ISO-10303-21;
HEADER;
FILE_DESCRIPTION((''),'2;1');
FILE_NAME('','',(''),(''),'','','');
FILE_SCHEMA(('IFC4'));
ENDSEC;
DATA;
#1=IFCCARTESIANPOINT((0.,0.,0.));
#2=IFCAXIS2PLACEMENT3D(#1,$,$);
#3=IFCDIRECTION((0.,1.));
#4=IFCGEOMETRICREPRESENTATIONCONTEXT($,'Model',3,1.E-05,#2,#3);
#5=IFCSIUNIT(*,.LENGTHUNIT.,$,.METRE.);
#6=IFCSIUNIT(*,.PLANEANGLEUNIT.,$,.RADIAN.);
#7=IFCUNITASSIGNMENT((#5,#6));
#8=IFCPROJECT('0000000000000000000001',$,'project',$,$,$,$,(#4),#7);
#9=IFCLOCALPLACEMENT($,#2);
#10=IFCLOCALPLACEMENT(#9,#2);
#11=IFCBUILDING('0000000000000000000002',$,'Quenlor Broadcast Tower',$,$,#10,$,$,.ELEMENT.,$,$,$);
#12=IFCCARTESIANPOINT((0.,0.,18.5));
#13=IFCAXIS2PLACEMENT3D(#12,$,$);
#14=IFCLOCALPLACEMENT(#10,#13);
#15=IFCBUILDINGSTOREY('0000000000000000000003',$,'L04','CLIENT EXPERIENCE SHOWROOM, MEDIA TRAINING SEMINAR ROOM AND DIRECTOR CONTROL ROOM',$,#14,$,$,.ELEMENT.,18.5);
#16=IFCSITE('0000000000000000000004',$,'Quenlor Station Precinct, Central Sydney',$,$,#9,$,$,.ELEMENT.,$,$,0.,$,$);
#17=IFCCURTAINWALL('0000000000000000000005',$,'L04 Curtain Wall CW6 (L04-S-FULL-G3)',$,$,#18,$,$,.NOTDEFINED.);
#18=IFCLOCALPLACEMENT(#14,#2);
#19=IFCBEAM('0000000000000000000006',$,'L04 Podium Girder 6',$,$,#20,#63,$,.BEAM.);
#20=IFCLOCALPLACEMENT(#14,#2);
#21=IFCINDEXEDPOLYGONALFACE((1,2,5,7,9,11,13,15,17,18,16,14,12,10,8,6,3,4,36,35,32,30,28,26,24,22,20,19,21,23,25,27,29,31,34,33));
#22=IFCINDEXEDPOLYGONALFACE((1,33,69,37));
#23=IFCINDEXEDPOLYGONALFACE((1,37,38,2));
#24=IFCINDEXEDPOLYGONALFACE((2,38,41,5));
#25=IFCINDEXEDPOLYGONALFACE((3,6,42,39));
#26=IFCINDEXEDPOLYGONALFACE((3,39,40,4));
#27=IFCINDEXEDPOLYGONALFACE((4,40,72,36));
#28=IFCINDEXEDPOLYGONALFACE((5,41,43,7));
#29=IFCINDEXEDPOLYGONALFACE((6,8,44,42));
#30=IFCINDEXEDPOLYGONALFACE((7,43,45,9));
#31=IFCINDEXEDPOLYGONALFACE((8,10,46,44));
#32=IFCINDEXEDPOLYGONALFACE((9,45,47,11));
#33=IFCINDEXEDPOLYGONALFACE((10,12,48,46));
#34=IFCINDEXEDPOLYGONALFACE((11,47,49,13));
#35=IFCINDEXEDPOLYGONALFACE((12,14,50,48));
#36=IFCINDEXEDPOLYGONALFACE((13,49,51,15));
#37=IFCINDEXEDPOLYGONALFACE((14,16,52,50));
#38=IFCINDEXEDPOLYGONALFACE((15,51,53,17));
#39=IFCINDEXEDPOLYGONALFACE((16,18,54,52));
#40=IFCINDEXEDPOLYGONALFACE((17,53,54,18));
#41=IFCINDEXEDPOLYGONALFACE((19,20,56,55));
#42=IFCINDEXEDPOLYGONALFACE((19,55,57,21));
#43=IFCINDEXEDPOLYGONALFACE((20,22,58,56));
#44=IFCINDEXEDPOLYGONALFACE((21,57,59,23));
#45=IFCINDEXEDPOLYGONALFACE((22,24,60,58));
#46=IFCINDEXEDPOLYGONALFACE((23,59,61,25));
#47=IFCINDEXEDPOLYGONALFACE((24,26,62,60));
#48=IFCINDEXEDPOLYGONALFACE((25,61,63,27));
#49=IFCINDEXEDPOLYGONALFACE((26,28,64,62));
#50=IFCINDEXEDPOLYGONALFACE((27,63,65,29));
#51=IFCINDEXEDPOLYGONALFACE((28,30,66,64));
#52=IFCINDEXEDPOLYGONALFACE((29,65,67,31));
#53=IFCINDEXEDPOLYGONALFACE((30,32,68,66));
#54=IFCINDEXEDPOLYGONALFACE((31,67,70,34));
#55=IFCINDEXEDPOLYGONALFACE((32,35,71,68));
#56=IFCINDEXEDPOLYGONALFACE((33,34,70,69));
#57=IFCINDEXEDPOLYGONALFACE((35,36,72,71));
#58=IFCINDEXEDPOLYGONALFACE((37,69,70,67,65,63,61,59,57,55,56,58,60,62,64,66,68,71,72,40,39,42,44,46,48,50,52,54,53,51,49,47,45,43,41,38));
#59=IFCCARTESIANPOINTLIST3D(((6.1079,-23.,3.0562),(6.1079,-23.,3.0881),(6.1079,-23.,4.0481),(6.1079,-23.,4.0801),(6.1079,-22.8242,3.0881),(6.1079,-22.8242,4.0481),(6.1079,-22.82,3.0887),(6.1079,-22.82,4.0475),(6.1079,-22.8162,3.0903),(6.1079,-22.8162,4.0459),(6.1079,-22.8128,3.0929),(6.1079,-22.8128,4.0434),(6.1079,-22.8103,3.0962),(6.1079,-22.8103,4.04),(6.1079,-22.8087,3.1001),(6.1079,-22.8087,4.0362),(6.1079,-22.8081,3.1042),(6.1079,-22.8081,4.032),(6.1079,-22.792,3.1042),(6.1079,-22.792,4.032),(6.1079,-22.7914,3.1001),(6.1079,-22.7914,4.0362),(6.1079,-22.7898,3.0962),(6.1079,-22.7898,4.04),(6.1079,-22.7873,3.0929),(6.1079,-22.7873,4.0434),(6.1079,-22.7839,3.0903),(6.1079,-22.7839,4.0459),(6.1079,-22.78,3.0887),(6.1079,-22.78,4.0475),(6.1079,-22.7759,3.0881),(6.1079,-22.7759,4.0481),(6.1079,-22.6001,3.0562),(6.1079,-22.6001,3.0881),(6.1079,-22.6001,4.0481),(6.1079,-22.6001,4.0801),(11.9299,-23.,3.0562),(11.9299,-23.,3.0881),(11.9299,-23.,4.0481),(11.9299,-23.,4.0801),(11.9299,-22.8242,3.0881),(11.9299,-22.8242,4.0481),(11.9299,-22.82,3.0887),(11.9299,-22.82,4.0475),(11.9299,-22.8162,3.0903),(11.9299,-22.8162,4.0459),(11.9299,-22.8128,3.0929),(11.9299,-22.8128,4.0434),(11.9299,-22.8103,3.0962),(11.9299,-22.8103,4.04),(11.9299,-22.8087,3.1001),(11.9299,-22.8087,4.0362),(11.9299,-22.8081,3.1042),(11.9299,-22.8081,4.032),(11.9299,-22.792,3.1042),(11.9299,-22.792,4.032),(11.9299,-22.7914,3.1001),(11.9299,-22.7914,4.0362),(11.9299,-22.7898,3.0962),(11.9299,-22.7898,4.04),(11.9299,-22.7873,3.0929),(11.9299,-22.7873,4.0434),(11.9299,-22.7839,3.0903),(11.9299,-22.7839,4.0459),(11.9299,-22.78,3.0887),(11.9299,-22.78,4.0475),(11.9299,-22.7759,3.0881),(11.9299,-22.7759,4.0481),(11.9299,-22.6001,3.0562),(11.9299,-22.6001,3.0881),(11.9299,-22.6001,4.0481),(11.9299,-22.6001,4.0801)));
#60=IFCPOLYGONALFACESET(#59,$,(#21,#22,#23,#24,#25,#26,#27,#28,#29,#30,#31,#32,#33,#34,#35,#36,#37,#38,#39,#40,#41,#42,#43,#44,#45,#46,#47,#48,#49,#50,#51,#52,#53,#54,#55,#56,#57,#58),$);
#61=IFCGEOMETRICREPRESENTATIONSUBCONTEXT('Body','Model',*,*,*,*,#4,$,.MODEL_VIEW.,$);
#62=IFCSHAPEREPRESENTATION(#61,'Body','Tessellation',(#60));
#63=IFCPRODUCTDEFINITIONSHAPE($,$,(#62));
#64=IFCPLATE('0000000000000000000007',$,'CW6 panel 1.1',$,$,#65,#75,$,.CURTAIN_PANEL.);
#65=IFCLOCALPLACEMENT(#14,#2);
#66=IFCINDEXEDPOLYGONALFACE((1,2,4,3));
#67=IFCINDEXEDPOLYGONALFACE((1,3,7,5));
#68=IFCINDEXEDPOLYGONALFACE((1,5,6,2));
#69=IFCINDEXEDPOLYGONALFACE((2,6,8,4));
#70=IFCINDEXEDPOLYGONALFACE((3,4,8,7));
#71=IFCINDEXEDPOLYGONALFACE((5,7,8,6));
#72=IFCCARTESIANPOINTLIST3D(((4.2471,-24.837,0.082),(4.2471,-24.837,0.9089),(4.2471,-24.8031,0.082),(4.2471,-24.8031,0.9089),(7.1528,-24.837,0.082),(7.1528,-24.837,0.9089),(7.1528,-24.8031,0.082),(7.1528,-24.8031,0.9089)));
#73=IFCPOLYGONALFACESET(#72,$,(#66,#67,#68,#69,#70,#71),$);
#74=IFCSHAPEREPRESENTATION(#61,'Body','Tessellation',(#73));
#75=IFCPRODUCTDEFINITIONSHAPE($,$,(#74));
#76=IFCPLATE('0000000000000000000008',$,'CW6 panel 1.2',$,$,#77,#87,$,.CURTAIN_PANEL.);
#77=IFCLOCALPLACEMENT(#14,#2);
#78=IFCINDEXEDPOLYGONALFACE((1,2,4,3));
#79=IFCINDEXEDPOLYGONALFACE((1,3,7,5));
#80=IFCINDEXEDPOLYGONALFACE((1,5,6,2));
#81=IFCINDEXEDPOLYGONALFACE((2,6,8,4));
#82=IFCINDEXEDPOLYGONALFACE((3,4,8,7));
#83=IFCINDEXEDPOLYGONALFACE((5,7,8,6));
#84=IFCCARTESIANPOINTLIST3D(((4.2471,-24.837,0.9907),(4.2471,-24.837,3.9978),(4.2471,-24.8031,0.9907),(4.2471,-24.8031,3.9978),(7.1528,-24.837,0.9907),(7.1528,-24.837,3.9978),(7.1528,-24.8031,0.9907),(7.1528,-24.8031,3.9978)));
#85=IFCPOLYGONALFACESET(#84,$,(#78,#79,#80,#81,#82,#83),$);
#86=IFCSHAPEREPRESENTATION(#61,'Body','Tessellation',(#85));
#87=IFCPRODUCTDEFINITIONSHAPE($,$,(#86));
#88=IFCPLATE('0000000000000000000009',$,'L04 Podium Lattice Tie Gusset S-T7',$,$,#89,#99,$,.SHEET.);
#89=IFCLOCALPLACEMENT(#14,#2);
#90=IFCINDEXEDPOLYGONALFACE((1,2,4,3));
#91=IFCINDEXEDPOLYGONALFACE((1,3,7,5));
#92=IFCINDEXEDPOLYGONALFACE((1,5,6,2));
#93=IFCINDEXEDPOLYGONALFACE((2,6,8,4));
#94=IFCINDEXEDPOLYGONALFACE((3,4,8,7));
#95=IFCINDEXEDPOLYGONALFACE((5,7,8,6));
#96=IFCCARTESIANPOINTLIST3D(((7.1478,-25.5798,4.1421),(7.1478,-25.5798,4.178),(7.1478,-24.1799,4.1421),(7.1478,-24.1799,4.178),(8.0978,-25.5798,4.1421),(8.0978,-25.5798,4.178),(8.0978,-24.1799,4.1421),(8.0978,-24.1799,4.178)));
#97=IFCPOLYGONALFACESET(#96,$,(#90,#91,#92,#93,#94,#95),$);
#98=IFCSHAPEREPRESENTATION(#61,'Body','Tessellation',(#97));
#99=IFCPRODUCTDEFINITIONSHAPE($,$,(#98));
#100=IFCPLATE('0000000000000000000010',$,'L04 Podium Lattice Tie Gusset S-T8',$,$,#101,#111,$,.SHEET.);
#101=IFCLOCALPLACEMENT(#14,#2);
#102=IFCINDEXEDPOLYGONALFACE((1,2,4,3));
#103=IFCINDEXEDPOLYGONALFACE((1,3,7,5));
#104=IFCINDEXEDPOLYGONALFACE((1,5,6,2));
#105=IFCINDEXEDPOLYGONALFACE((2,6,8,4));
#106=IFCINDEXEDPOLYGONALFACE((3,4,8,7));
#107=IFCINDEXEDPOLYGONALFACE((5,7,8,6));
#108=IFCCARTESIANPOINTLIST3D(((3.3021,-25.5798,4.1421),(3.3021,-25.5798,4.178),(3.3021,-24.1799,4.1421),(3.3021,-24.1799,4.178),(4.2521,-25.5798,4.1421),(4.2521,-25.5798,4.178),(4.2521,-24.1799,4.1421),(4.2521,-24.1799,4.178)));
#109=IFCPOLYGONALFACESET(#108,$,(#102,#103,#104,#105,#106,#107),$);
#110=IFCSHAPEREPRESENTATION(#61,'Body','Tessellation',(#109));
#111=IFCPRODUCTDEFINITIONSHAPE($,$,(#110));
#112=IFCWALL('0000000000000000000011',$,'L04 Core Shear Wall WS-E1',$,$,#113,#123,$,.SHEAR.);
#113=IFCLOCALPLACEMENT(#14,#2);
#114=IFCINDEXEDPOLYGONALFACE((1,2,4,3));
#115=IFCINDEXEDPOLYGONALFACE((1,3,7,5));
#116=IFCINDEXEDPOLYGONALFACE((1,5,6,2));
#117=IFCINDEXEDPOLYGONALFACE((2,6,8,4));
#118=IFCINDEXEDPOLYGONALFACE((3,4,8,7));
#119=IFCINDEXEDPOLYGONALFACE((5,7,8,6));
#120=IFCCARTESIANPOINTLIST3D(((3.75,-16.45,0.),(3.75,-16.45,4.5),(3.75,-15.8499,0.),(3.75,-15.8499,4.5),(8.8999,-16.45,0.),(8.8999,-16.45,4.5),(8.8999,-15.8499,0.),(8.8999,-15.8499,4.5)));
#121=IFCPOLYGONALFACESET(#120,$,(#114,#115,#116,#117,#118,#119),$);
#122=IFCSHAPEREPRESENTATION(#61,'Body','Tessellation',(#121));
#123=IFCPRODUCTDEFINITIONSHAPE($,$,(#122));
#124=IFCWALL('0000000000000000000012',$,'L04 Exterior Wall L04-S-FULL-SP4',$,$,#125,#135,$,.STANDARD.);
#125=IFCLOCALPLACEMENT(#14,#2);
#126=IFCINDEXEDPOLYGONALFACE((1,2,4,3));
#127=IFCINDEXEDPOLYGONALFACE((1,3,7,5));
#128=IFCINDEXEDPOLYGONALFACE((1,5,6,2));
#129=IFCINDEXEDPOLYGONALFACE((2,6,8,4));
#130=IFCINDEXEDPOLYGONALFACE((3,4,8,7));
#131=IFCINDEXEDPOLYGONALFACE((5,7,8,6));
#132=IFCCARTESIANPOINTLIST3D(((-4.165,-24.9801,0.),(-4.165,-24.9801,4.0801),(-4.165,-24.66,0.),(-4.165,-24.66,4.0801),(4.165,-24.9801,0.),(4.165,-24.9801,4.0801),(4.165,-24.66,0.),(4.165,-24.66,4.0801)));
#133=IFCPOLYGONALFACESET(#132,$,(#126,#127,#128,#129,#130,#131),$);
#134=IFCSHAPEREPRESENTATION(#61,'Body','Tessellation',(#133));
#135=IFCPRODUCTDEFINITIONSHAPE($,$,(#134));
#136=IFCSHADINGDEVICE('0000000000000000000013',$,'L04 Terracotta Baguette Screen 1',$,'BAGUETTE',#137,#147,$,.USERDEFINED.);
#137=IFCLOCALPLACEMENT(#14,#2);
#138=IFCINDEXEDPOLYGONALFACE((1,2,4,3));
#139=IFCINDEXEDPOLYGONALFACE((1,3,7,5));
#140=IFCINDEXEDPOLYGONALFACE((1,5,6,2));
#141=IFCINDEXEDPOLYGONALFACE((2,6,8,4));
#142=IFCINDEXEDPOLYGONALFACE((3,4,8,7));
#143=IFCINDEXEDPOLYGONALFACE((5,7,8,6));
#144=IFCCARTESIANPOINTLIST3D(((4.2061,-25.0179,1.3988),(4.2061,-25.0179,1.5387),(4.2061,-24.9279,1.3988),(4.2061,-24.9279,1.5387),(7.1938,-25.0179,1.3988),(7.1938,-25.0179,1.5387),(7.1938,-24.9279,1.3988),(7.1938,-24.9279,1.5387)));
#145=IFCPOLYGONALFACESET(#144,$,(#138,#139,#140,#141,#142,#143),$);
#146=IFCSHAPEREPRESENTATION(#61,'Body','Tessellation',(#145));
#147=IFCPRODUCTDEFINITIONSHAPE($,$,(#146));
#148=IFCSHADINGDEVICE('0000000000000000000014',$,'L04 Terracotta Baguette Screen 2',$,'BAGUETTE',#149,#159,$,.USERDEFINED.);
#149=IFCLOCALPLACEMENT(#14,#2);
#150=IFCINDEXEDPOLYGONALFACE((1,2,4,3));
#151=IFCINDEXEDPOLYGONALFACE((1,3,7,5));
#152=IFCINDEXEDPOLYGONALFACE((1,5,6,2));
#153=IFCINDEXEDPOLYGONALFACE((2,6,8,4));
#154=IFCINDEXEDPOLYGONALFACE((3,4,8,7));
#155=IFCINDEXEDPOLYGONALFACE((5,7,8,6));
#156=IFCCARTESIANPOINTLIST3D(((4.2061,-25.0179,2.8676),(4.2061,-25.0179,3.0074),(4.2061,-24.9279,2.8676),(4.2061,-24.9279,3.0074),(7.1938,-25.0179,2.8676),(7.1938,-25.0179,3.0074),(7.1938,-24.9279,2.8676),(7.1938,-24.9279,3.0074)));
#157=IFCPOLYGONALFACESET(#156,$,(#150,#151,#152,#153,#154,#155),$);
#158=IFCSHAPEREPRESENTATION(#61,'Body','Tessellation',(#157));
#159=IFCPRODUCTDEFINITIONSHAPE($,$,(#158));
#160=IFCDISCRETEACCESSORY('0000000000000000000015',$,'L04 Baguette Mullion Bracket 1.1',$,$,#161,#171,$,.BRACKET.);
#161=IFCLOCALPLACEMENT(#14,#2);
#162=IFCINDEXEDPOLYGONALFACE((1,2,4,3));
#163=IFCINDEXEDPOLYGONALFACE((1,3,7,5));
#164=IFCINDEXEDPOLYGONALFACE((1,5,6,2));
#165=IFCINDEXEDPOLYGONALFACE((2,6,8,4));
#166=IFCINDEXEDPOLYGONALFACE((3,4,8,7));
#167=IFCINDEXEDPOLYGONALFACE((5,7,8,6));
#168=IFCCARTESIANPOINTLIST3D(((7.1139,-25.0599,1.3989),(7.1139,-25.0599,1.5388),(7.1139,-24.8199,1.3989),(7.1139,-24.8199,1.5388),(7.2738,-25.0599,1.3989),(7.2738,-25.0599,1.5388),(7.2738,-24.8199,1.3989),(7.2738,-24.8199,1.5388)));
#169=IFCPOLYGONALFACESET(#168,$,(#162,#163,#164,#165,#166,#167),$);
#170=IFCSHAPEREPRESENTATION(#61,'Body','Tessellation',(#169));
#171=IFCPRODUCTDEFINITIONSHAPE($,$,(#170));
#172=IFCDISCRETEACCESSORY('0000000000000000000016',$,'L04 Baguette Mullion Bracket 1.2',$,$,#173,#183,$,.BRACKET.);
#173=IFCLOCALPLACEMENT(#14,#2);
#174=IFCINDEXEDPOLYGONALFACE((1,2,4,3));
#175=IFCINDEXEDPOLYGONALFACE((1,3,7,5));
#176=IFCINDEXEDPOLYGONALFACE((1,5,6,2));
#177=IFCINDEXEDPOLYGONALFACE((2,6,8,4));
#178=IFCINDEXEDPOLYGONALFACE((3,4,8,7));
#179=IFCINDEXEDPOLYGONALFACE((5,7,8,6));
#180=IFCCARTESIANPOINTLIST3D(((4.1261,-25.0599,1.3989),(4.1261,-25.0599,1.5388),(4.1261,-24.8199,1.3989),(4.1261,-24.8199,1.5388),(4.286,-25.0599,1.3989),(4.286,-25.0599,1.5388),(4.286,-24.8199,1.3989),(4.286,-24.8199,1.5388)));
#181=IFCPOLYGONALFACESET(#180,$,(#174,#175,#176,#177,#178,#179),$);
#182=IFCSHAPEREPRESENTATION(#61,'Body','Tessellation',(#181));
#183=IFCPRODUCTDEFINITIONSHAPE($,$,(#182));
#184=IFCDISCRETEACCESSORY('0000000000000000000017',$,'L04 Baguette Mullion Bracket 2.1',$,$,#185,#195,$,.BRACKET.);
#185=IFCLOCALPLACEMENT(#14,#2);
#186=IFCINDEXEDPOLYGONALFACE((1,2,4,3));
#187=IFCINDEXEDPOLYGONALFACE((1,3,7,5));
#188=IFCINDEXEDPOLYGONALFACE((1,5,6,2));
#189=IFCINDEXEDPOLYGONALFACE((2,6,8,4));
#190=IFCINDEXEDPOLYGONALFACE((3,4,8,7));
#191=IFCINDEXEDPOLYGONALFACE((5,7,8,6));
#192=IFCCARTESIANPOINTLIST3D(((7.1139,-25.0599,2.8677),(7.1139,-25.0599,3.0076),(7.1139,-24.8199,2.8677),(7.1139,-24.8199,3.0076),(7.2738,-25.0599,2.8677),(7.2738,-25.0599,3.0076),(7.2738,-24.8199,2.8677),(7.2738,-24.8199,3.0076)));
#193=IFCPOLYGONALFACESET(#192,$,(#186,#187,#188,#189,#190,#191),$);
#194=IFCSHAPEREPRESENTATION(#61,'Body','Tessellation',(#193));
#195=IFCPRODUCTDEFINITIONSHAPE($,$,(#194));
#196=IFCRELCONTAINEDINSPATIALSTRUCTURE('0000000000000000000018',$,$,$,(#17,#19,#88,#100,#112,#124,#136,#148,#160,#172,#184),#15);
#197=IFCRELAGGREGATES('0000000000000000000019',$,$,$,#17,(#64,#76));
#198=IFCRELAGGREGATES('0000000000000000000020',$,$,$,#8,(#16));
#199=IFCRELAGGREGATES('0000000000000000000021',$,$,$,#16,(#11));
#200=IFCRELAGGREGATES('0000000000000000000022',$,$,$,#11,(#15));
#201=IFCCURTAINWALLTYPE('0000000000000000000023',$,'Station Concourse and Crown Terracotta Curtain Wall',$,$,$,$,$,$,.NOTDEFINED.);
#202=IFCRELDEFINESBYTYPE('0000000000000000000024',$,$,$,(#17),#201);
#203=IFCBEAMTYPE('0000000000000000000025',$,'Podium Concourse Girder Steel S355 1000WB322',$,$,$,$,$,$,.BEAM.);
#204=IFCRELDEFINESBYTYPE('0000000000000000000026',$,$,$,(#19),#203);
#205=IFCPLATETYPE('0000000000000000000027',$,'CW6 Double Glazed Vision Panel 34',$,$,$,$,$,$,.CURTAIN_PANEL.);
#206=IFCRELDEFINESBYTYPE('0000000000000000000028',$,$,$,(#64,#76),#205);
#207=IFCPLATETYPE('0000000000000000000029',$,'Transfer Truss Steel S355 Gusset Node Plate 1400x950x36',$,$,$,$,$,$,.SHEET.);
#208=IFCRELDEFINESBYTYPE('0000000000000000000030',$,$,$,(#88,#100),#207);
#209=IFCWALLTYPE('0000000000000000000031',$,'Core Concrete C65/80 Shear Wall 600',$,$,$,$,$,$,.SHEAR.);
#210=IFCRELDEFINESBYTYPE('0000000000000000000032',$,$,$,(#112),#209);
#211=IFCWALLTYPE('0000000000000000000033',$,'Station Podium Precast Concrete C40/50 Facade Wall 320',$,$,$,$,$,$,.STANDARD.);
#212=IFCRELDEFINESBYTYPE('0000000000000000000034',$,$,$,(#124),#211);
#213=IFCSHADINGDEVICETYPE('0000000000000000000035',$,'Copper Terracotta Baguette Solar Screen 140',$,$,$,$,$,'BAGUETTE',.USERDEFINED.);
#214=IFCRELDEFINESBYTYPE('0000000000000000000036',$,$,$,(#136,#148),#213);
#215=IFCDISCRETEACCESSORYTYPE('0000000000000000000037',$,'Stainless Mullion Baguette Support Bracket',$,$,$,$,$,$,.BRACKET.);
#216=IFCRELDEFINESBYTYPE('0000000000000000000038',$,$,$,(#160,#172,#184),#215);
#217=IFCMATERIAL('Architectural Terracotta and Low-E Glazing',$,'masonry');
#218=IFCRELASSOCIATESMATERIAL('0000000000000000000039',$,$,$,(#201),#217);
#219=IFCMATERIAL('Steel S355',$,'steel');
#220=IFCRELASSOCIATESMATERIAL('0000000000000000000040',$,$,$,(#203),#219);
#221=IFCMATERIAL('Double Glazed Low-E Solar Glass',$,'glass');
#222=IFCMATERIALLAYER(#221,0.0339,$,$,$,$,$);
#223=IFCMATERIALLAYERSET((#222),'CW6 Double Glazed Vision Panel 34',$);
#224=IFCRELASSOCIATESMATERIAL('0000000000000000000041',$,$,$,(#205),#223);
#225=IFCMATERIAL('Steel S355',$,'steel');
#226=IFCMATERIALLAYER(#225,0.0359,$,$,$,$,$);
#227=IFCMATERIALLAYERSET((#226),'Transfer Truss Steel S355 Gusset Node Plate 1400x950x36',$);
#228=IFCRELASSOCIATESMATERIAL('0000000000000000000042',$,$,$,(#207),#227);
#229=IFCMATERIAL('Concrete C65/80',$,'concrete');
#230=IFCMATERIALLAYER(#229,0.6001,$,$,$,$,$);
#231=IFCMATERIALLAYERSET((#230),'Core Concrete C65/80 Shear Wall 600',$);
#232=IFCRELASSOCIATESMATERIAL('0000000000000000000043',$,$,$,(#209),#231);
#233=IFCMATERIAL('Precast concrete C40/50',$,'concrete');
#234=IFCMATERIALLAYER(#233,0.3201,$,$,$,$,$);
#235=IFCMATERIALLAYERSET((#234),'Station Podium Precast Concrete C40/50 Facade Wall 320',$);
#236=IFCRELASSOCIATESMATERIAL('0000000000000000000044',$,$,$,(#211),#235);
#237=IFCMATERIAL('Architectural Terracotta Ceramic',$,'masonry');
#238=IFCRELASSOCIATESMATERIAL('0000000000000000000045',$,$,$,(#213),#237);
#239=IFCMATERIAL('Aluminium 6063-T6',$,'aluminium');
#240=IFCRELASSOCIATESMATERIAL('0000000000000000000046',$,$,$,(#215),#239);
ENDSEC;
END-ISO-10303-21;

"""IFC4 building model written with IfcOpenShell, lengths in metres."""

from ifc_helpers import new_model, si_unit, direction, frame, frame_2d, origin, origin_2d, place, context, subcontext, project, spatial, rectangle, i_section, extrude, material, layer, layer_set, material_profile, profile_set, type_object, element, aggregate, save


model = new_model("IFC4")

# Units and contexts
model_context = context("Model", 3, precision=1e-05, world=origin(), true_north=direction((0.0, 1.0)))
body_context = subcontext(model_context, "Body", "Model", "MODEL_VIEW")
ifc_project = project(units=[si_unit("LENGTHUNIT", "METRE"), si_unit("PLANEANGLEUNIT", "RADIAN")], contexts=[model_context])

# Site, building, storey
site_placement = place(None, origin())
site = spatial("IfcSite", under=ifc_project, at=site_placement, Name="Quenlor Station Precinct, Central Sydney", CompositionType="ELEMENT", RefElevation=0.0)
building_placement = place(site_placement, origin())
building = spatial("IfcBuilding", under=site, at=building_placement, Name="Quenlor Broadcast Tower", CompositionType="ELEMENT")
storey_placement = place(building_placement, frame((0.0, 0.0, 18.5)))
storey = spatial("IfcBuildingStorey", under=building, at=storey_placement, Name="L04", Description="CLIENT EXPERIENCE SHOWROOM, MEDIA TRAINING SEMINAR ROOM AND DIRECTOR CONTROL ROOM", CompositionType="ELEMENT", Elevation=18.5)

# Curtain wall
ifc_material_1 = material(Name="Architectural Terracotta and Low-E Glazing", Category="masonry")
curtain_wall_type = type_object("IfcCurtainWallType", Name="Station Concourse and Crown Terracotta Curtain Wall", PredefinedType="NOTDEFINED", material=ifc_material_1)
curtain_wall_placement = place(storey_placement, origin())
curtain_wall = element("IfcCurtainWall", 1, at=curtain_wall_placement, inside=storey, type_object=curtain_wall_type, Name="L04 Curtain Wall CW6 (L04-S-FULL-G3)", PredefinedType="NOTDEFINED")

# Beam
ifc_material_2 = material(Name="Steel S355", Category="steel")
ifc_material_profile_1 = material_profile(ifc_material_2, i_section(OverallWidth=0.3999, OverallDepth=1.0239, WebThickness=0.0161, FlangeThickness=0.032, FilletRadius=0.0161, at=origin_2d()))
ifc_profile_set_1 = profile_set([ifc_material_profile_1], Name="Steel S355 1000WB322")
beam_type = type_object("IfcBeamType", Name="Podium Concourse Girder Steel S355 1000WB322", PredefinedType="BEAM", material=ifc_profile_set_1)
beam_placement = place(storey_placement, frame((6.1079, -22.8, 3.5681), z_axis=(1.0, 0.0, 0.0), x_axis=(0.0, 1.0, 0.0)))
element("IfcBeam", 2, at=beam_placement, inside=storey, type_object=beam_type, Name="L04 Podium Girder 6", PredefinedType="BEAM", context=body_context, shape_type="SweptSolid", body=[
    extrude(i_section(OverallWidth=0.3999, OverallDepth=1.0239, WebThickness=0.0161, FlangeThickness=0.032, FilletRadius=0.0161, at=origin_2d()), origin(), (0.0, 0.0, 1.0), 5.822),
])

# Plates
ifc_material_3 = material(Name="Double Glazed Low-E Solar Glass", Category="glass")
ifc_layer_1 = layer(ifc_material_3, 0.0339)
ifc_layer_set_1 = layer_set([ifc_layer_1], Name="CW6 Double Glazed Vision Panel 34")
plate_type_1 = type_object("IfcPlateType", Name="CW6 Double Glazed Vision Panel 34", PredefinedType="CURTAIN_PANEL", material=ifc_layer_set_1)
plate_1_placement = place(storey_placement, frame((5.7, -24.8201, 0.082), z_axis=(0.0, 0.0, 1.0), x_axis=(-1.0, 0.0, 0.0)))
plate_1 = element("IfcPlate", 3, at=plate_1_placement, type_object=plate_type_1, Name="CW6 panel 1.1", PredefinedType="CURTAIN_PANEL", context=body_context, shape_type="SweptSolid", body=[
    extrude(rectangle(XDim=2.9058, YDim=0.0339, at=origin_2d()), origin(), (0.0, 0.0, 1.0), 0.8269),
])
plate_2_placement = place(storey_placement, frame((5.7, -24.8201, 0.9907), z_axis=(0.0, 0.0, 1.0), x_axis=(-1.0, 0.0, 0.0)))
plate_2 = element("IfcPlate", 4, at=plate_2_placement, type_object=plate_type_1, Name="CW6 panel 1.2", PredefinedType="CURTAIN_PANEL", context=body_context, shape_type="SweptSolid", body=[
    extrude(rectangle(XDim=2.9058, YDim=0.0339, at=origin_2d()), origin(), (0.0, 0.0, 1.0), 3.0071),
])
aggregate(curtain_wall, [plate_1, plate_2])

# Plates
ifc_material_4 = material(Name="Steel S355", Category="steel")
ifc_layer_2 = layer(ifc_material_4, 0.0359)
ifc_layer_set_2 = layer_set([ifc_layer_2], Name="Transfer Truss Steel S355 Gusset Node Plate 1400x950x36")
plate_type_2 = type_object("IfcPlateType", Name="Transfer Truss Steel S355 Gusset Node Plate 1400x950x36", PredefinedType="SHEET", material=ifc_layer_set_2)
for number, where, z_axis, x_axis, name in (
    (5, (7.6228, -24.8799, 4.1421), (0.0, 0.0, 1.0), (0.0, -1.0, 0.0), "L04 Podium Lattice Tie Gusset S-T7"),
    (6, (3.7771, -24.8799, 4.1421), (0.0, 0.0, 1.0), (0.0, -1.0, 0.0), "L04 Podium Lattice Tie Gusset S-T8"),
):
    element("IfcPlate", number, at=place(storey_placement, frame(where, z_axis=z_axis, x_axis=x_axis)), inside=storey, type_object=plate_type_2, Name=name, PredefinedType="SHEET", context=body_context, shape_type="SweptSolid", body=[
        extrude(rectangle(XDim=1.3999, YDim=0.95, at=origin_2d()), origin(), (0.0, 0.0, 1.0), 0.0359),
    ])

# Walls
ifc_material_5 = material(Name="Concrete C65/80", Category="concrete")
ifc_layer_3 = layer(ifc_material_5, 0.6001)
ifc_layer_set_3 = layer_set([ifc_layer_3], Name="Core Concrete C65/80 Shear Wall 600")
wall_type_1 = type_object("IfcWallType", Name="Core Concrete C65/80 Shear Wall 600", PredefinedType="SHEAR", material=ifc_layer_set_3)
wall_1_placement = place(storey_placement, frame((3.75, -16.1499, 0.0), z_axis=(0.0, 0.0, 1.0), x_axis=(1.0, 0.0, 0.0)))
element("IfcWall", 7, at=wall_1_placement, inside=storey, type_object=wall_type_1, Name="L04 Core Shear Wall WS-E1", PredefinedType="SHEAR", context=body_context, shape_type="SweptSolid", body=[
    extrude(rectangle(XDim=5.1499, YDim=0.6001, at=frame_2d((2.575, 0.0))), origin(), (0.0, 0.0, 1.0), 4.5),
])
ifc_material_6 = material(Name="Precast concrete C40/50", Category="concrete")
ifc_layer_4 = layer(ifc_material_6, 0.3201)
ifc_layer_set_4 = layer_set([ifc_layer_4], Name="Station Podium Precast Concrete C40/50 Facade Wall 320")
wall_type_2 = type_object("IfcWallType", Name="Station Podium Precast Concrete C40/50 Facade Wall 320", PredefinedType="STANDARD", material=ifc_layer_set_4)
wall_2_placement = place(storey_placement, frame((4.165, -24.8201, 0.0), z_axis=(0.0, 0.0, 1.0), x_axis=(-1.0, 0.0, 0.0)))
element("IfcWall", 8, at=wall_2_placement, inside=storey, type_object=wall_type_2, Name="L04 Exterior Wall L04-S-FULL-SP4", PredefinedType="STANDARD", context=body_context, shape_type="SweptSolid", body=[
    extrude(rectangle(XDim=8.3301, YDim=0.3201, at=frame_2d((4.165, 0.0))), origin(), (0.0, 0.0, 1.0), 4.0801),
])

# Shading devices
ifc_material_7 = material(Name="Architectural Terracotta Ceramic", Category="masonry")
ifc_material_profile_2 = material_profile(ifc_material_7, rectangle(XDim=0.0901, YDim=0.1399, at=origin_2d()))
ifc_profile_set_2 = profile_set([ifc_material_profile_2], Name="Architectural Terracotta Ceramic BAG90x140")
shading_device_type = type_object("IfcShadingDeviceType", Name="Copper Terracotta Baguette Solar Screen 140", ElementType="BAGUETTE", PredefinedType="USERDEFINED", material=ifc_profile_set_2)
for number, where, z_axis, x_axis, name in (
    (9, (7.1938, -24.9729, 1.4688), (-1.0, 0.0, 0.0), (0.0, -1.0, 0.0), "L04 Terracotta Baguette Screen 1"),
    (10, (7.1938, -24.9729, 2.9375), (-1.0, 0.0, 0.0), (0.0, -1.0, 0.0), "L04 Terracotta Baguette Screen 2"),
):
    element("IfcShadingDevice", number, at=place(storey_placement, frame(where, z_axis=z_axis, x_axis=x_axis)), inside=storey, type_object=shading_device_type, Name=name, ObjectType="BAGUETTE", PredefinedType="USERDEFINED", context=body_context, shape_type="SweptSolid", body=[
        extrude(rectangle(XDim=0.0901, YDim=0.1399, at=origin_2d()), origin(), (0.0, 0.0, 1.0), 2.9878),
    ])

# Discrete accessories
ifc_material_8 = material(Name="Aluminium 6063-T6", Category="aluminium")
discrete_accessory_type = type_object("IfcDiscreteAccessoryType", Name="Stainless Mullion Baguette Support Bracket", PredefinedType="BRACKET", material=ifc_material_8)
for number, where, z_axis, x_axis, name in (
    (11, (7.1938, -24.9399, 1.3989), (0.0, 0.0, 1.0), (-1.0, 0.0, 0.0), "L04 Baguette Mullion Bracket 1.1"),
    (12, (4.2061, -24.9399, 1.3989), (0.0, 0.0, 1.0), (-1.0, 0.0, 0.0), "L04 Baguette Mullion Bracket 1.2"),
    (13, (7.1938, -24.9399, 2.8677), (0.0, 0.0, 1.0), (-1.0, 0.0, 0.0), "L04 Baguette Mullion Bracket 2.1"),
):
    element("IfcDiscreteAccessory", number, at=place(storey_placement, frame(where, z_axis=z_axis, x_axis=x_axis)), inside=storey, type_object=discrete_accessory_type, Name=name, PredefinedType="BRACKET", context=body_context, shape_type="SweptSolid", body=[
        extrude(rectangle(XDim=0.1599, YDim=0.24, at=origin_2d()), origin(), (0.0, 0.0, 1.0), 0.1399),
    ])

save(model, "model.ifc")
